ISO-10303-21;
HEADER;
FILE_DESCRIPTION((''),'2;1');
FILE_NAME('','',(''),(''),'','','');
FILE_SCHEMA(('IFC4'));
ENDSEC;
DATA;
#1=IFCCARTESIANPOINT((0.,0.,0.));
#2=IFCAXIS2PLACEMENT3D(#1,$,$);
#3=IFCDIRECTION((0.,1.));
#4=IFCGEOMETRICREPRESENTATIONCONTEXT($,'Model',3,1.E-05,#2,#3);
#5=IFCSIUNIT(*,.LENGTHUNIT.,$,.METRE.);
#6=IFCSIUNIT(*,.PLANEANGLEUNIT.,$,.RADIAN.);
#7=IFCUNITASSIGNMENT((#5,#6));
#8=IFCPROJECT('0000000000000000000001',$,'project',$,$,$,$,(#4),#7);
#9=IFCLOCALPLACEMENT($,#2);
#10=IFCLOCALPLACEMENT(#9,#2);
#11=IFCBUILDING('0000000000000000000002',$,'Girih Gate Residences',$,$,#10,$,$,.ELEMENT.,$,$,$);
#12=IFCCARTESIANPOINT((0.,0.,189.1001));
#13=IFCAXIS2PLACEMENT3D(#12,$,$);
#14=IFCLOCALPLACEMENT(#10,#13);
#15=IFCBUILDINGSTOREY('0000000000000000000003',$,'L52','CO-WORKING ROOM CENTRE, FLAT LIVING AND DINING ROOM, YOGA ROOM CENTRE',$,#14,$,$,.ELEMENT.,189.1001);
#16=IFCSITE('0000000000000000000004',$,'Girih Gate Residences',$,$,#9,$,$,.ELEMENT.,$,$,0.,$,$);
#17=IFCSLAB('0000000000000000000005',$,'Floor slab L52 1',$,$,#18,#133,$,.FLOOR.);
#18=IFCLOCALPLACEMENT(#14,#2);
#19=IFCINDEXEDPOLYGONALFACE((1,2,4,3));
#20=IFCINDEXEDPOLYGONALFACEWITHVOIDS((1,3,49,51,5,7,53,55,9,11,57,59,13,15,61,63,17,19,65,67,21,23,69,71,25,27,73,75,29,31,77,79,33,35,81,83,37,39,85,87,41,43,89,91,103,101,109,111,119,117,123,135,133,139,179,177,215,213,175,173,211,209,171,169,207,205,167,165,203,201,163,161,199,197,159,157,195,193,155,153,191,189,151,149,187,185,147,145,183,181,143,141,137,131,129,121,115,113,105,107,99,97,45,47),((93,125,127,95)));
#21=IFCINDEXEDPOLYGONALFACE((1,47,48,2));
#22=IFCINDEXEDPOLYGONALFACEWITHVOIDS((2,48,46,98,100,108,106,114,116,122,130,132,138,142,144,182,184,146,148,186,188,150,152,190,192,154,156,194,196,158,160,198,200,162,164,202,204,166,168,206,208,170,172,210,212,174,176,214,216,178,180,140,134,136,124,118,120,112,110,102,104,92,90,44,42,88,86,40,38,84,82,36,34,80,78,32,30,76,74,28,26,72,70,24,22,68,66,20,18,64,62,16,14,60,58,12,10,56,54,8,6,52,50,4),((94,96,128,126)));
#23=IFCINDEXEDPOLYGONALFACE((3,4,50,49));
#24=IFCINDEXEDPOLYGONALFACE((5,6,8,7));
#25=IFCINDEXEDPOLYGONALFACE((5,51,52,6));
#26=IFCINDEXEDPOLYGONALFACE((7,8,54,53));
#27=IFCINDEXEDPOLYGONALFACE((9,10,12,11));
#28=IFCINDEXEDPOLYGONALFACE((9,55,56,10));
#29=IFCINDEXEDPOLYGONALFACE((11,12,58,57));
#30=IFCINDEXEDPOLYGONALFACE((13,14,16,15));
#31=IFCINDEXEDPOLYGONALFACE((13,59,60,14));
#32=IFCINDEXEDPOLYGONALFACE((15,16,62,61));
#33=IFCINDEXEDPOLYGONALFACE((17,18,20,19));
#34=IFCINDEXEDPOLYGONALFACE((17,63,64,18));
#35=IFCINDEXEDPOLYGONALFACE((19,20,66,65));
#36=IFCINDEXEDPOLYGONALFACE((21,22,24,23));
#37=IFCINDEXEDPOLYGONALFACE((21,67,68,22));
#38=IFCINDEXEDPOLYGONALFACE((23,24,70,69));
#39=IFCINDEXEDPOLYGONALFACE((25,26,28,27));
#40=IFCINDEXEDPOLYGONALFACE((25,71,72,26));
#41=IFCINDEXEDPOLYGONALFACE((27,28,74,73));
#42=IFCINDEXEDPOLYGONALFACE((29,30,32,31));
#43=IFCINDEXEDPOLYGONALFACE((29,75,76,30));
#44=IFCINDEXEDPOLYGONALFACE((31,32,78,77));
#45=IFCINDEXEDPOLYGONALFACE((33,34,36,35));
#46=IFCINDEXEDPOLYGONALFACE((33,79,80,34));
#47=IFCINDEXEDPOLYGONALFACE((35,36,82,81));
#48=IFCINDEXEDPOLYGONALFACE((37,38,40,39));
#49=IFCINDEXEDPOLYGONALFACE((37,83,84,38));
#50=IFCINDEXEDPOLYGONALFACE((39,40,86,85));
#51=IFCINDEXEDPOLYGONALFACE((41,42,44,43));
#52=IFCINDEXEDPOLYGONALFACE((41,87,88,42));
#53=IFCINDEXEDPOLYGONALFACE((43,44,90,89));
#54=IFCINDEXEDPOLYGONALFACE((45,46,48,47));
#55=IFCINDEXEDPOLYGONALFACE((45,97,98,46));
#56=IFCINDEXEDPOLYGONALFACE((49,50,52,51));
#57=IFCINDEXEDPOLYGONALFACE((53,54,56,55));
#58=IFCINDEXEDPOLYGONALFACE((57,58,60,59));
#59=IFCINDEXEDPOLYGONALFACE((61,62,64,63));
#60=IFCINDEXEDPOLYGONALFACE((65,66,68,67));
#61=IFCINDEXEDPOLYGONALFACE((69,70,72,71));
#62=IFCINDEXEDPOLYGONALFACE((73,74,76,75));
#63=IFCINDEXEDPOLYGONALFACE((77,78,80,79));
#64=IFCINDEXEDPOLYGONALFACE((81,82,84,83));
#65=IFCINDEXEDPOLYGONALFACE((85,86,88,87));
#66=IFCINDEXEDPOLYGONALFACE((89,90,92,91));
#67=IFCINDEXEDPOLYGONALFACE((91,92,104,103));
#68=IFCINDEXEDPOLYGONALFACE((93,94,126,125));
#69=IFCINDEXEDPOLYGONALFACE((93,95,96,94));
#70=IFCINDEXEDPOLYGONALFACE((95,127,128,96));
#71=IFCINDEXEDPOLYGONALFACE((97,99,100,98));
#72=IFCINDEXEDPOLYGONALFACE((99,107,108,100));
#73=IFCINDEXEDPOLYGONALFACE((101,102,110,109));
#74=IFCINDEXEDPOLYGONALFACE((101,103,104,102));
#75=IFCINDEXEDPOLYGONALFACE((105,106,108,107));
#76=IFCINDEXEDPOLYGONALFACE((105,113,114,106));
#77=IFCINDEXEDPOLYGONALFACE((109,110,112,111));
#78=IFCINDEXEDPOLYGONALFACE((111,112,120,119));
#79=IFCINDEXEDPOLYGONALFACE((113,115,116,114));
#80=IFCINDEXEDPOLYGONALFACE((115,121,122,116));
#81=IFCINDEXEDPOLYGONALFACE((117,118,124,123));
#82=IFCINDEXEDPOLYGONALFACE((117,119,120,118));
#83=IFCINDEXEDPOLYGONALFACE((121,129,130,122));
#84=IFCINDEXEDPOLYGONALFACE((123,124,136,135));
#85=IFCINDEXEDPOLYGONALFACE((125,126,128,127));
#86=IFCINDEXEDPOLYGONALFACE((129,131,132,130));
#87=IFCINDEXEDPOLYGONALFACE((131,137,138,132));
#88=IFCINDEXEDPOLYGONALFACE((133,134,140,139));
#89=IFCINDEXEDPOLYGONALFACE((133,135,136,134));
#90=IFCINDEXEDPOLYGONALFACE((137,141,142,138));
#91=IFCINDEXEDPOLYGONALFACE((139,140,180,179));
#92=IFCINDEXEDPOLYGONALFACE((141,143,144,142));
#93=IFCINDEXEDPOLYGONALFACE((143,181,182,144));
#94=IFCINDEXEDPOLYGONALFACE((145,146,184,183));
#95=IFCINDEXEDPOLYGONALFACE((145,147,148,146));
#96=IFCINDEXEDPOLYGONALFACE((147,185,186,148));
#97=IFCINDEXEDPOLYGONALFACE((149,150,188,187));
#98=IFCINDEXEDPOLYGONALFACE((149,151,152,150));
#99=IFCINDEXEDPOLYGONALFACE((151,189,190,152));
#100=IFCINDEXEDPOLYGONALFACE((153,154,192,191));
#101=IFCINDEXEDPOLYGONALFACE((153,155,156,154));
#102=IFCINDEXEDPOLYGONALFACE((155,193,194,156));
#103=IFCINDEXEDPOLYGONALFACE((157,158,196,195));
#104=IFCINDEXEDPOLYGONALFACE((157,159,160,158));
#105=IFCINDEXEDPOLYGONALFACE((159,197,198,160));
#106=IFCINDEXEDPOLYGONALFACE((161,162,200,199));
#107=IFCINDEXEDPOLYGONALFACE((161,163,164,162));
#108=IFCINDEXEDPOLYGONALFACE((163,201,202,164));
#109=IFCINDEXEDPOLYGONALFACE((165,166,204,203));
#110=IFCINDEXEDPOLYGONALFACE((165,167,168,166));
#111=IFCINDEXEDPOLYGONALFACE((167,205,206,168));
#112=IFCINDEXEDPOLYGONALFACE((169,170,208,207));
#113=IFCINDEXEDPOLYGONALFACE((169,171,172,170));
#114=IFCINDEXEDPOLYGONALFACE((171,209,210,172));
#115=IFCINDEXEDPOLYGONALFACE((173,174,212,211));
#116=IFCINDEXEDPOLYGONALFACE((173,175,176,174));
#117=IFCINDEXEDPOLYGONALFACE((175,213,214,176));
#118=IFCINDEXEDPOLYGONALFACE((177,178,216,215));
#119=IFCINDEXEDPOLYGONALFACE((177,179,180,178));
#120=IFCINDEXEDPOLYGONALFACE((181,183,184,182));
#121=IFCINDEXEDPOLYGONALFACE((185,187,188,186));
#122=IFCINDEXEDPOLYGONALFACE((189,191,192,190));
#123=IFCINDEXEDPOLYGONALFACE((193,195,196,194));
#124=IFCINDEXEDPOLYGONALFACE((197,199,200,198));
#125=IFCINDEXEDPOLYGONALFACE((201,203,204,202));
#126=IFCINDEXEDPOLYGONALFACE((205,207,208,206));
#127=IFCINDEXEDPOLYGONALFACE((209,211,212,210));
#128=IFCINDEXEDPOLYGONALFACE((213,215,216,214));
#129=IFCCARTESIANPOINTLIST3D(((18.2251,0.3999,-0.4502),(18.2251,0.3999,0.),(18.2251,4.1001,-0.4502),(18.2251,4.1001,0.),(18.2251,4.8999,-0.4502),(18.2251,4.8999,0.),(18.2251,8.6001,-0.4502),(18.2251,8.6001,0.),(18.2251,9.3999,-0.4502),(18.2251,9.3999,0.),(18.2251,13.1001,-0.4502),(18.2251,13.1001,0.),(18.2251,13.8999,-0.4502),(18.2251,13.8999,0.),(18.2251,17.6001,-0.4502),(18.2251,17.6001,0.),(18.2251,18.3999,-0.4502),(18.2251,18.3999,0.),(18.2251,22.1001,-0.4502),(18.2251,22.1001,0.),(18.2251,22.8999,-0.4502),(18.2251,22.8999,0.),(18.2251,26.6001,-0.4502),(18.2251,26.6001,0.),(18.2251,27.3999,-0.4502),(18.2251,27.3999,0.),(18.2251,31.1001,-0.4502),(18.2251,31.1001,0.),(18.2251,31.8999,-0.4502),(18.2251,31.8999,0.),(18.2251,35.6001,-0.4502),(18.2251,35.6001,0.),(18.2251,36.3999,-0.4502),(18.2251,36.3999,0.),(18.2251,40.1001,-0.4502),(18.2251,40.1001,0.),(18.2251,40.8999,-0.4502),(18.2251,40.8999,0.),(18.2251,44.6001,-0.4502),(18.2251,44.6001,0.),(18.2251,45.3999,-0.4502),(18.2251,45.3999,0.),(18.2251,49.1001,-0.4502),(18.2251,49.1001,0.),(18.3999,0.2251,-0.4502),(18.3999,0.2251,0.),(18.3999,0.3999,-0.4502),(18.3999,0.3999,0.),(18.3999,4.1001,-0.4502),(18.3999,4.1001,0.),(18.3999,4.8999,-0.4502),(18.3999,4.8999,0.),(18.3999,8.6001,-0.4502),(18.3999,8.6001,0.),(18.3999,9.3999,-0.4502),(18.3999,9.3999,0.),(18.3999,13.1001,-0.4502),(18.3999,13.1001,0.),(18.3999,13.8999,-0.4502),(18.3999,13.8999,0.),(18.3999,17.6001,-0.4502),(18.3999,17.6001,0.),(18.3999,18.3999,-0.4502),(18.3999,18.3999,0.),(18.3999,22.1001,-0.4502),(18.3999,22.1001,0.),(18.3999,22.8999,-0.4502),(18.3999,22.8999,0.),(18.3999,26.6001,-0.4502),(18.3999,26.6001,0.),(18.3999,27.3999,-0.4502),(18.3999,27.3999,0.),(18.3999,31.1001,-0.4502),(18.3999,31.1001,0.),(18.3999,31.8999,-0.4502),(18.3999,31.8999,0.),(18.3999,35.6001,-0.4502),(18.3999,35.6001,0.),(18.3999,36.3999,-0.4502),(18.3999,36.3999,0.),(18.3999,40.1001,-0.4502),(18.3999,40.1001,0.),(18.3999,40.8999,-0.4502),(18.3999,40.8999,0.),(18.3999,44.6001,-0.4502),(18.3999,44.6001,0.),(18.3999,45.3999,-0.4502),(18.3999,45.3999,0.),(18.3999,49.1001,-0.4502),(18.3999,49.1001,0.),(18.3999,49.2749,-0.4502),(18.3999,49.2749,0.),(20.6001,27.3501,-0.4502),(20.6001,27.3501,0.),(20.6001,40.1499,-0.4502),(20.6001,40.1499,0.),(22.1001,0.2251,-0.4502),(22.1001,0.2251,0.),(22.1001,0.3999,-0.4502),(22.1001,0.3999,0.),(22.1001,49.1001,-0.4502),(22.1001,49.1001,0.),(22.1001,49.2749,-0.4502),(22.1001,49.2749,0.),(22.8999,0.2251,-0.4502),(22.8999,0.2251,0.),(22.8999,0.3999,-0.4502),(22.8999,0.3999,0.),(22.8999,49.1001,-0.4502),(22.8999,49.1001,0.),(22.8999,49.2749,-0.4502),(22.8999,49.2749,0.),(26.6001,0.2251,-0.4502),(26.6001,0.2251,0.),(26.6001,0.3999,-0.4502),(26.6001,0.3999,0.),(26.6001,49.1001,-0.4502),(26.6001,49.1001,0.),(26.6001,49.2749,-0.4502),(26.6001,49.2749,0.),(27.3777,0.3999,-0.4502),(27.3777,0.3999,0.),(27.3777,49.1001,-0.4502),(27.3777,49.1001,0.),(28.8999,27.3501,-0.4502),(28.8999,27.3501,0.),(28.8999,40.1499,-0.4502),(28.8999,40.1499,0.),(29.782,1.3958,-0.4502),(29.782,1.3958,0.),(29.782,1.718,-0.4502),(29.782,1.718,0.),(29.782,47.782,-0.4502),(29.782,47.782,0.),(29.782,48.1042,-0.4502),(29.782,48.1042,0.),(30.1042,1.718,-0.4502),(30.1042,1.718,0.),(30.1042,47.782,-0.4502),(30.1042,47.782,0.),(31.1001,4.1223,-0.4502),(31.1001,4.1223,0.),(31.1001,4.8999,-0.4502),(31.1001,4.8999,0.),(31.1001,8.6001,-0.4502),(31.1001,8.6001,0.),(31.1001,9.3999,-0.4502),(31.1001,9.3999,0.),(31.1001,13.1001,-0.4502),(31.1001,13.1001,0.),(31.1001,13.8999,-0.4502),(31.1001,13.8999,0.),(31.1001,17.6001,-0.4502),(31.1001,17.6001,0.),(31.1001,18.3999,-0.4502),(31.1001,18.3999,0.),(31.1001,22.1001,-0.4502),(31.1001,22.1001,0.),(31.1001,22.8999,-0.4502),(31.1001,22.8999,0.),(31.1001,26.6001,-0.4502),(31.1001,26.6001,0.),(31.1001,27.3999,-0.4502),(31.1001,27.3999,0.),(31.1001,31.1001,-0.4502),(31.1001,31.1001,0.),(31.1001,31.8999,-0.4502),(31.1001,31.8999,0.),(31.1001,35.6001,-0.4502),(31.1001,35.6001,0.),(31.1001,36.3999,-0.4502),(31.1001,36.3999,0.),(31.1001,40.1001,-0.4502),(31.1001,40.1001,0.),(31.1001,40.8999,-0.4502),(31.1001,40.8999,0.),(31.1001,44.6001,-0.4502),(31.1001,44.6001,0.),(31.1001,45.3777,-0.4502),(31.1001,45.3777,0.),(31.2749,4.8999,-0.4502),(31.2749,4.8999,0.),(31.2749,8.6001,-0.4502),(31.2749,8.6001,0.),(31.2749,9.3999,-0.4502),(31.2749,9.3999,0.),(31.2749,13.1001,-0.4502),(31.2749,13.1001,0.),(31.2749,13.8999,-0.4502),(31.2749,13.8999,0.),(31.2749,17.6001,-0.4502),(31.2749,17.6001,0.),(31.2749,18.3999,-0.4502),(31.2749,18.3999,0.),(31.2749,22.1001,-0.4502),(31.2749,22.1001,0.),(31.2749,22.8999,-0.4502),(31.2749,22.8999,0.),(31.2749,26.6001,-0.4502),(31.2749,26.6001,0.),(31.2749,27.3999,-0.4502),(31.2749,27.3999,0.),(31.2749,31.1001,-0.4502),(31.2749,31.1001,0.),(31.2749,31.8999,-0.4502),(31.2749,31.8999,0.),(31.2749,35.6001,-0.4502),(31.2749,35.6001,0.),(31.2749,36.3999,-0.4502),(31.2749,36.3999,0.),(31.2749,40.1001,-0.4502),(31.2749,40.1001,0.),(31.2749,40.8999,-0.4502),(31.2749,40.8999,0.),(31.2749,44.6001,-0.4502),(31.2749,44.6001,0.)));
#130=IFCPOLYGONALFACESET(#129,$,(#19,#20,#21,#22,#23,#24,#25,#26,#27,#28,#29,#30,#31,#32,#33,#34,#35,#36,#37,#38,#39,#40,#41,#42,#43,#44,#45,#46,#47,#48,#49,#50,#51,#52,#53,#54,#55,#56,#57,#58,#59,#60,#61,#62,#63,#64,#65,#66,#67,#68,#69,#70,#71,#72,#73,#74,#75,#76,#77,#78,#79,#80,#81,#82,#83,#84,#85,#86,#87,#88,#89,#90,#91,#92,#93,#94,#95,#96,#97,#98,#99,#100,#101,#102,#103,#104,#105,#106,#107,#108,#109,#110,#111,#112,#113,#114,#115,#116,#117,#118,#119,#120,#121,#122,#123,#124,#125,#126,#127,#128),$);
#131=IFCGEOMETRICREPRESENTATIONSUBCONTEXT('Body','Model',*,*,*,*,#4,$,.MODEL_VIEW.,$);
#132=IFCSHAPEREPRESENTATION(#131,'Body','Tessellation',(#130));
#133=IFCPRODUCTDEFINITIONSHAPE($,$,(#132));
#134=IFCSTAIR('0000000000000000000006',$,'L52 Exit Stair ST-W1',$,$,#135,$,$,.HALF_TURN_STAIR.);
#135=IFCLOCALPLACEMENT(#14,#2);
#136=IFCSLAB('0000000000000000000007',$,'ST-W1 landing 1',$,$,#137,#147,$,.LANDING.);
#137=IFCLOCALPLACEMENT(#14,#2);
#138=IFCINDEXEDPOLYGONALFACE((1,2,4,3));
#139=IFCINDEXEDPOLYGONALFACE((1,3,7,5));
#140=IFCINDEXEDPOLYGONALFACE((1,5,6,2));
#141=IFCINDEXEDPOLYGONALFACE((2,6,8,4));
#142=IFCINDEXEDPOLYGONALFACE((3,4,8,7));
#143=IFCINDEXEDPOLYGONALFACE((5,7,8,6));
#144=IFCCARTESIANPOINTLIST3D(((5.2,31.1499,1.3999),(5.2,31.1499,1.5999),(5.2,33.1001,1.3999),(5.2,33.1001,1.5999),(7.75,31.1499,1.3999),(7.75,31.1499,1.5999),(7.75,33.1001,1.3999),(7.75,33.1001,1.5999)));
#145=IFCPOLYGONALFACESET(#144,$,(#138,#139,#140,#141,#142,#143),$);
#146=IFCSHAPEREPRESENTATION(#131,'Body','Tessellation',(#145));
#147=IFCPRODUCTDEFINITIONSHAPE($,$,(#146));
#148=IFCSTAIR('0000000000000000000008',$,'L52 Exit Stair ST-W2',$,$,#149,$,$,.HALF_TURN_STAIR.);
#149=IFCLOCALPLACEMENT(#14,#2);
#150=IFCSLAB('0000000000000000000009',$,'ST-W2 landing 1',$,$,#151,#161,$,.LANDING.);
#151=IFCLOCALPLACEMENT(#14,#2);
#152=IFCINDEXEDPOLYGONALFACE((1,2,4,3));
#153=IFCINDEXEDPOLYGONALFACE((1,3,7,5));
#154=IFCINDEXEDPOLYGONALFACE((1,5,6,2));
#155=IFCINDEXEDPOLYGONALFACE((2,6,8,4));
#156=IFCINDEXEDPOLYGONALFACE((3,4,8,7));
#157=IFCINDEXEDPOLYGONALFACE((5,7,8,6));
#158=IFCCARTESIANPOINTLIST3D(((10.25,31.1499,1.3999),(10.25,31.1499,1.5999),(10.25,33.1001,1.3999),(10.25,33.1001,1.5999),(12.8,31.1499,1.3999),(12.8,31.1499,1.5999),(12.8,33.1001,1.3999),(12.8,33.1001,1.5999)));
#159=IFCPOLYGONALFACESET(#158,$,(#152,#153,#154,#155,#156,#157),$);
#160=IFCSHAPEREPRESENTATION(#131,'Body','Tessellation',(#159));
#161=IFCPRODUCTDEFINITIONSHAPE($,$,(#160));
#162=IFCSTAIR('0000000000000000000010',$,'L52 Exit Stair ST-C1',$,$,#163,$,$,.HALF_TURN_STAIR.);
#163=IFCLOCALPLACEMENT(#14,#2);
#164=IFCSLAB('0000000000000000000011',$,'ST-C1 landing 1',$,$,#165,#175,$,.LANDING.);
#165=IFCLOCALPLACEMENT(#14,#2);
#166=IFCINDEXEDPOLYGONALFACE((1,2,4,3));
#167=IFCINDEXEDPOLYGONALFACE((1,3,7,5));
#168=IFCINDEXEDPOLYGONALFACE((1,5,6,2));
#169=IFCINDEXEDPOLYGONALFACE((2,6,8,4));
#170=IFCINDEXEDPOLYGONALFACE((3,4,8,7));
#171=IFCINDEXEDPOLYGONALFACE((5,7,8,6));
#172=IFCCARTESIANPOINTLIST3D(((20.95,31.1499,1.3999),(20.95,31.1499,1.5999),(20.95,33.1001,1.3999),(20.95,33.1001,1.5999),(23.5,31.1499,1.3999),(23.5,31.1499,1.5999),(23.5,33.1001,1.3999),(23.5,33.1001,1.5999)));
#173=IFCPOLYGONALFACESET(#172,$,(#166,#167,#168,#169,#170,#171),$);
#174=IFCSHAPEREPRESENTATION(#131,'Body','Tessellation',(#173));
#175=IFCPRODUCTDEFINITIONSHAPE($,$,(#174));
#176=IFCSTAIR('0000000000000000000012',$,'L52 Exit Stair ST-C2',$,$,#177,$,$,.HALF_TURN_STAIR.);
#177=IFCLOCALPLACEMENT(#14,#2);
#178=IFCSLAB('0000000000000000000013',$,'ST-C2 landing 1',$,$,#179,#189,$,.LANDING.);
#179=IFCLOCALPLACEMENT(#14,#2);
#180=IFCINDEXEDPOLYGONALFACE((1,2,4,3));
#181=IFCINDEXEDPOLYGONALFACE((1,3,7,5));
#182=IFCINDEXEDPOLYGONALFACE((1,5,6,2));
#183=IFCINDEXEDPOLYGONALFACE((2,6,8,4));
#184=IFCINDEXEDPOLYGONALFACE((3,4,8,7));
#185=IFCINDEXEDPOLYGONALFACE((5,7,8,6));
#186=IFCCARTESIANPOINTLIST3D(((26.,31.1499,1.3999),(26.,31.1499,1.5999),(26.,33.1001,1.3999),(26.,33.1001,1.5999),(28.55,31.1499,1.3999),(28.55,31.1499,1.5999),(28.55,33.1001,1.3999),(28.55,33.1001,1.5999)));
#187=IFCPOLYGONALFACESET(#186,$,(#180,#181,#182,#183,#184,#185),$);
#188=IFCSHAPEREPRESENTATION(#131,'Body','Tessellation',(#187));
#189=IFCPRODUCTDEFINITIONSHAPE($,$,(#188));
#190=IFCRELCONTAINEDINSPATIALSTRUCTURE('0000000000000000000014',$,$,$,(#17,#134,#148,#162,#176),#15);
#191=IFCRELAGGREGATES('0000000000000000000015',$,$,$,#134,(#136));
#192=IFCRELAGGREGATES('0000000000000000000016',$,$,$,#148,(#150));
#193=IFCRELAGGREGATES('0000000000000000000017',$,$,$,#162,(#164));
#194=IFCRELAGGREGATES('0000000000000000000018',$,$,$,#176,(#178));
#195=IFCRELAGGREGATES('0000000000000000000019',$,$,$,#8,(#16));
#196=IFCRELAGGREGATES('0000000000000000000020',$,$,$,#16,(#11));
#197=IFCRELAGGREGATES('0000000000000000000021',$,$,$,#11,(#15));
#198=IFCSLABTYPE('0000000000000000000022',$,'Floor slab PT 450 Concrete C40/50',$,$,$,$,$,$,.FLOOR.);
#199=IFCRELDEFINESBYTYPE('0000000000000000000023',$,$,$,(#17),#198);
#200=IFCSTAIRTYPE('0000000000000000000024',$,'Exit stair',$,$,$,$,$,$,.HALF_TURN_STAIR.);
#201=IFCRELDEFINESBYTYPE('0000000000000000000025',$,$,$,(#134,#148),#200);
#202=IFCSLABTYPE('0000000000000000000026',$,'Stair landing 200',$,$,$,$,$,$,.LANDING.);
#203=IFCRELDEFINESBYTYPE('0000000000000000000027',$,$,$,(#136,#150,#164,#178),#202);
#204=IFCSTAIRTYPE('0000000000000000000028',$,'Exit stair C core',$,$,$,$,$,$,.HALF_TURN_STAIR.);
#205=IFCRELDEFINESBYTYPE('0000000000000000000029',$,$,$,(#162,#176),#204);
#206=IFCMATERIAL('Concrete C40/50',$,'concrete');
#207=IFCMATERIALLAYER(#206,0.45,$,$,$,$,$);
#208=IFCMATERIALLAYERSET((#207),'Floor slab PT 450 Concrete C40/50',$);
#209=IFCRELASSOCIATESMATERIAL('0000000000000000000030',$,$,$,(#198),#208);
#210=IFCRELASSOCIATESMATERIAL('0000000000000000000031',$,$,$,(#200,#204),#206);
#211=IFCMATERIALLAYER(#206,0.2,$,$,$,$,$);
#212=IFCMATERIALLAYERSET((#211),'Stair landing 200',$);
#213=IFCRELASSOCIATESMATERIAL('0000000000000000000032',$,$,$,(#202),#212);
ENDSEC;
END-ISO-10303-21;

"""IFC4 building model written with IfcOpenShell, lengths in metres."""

from ifc_helpers import new_model, si_unit, direction, frame, origin, place, context, subcontext, project, spatial, polyline, outline, extrude, material, layer, layer_set, type_object, element, aggregate, save


model = new_model("IFC4")

# Units and contexts
model_context = context("Model", 3, precision=1e-05, world=origin(), true_north=direction((0.0, 1.0)))
body_context = subcontext(model_context, "Body", "Model", "MODEL_VIEW")
ifc_project = project(units=[si_unit("LENGTHUNIT", "METRE"), si_unit("PLANEANGLEUNIT", "RADIAN")], contexts=[model_context])

# Site, building, storey
site_placement = place(None, origin())
site = spatial("IfcSite", under=ifc_project, at=site_placement, Name="Girih Gate Residences", CompositionType="ELEMENT", RefElevation=0.0)
building_placement = place(site_placement, origin())
building = spatial("IfcBuilding", under=site, at=building_placement, Name="Girih Gate Residences", CompositionType="ELEMENT")
storey_placement = place(building_placement, frame((0.0, 0.0, 189.1001)))
storey = spatial("IfcBuildingStorey", under=building, at=storey_placement, Name="L52", Description="CO-WORKING ROOM CENTRE, FLAT LIVING AND DINING ROOM, YOGA ROOM CENTRE", CompositionType="ELEMENT", Elevation=189.1001)

# Slab
ifc_material_1 = material(Name="Concrete C40/50", Category="concrete")
ifc_layer_1 = layer(ifc_material_1, 0.45)
ifc_layer_set_1 = layer_set([ifc_layer_1], Name="Floor slab PT 450 Concrete C40/50")
slab_type_1 = type_object("IfcSlabType", Name="Floor slab PT 450 Concrete C40/50", PredefinedType="FLOOR", material=ifc_layer_set_1)
slab_1_placement = place(storey_placement, frame((0.0, 0.0, -0.4502)))
element("IfcSlab", 1, at=slab_1_placement, inside=storey, type_object=slab_type_1, Name="Floor slab L52 1", PredefinedType="FLOOR", context=body_context, shape_type="SweptSolid", body=[
    extrude(outline(polyline([(22.8999, 0.2251), (26.6001, 0.2251), (26.6001, 0.3999), (27.3777, 0.3999), (29.782, 1.3958), (29.782, 1.718), (30.1042, 1.718), (31.1001, 4.1223), (31.1001, 4.8999), (31.2749, 4.8999), (31.2749, 8.6001), (31.1001, 8.6001), (31.1001, 9.3999), (31.2749, 9.3999), (31.2749, 13.1001), (31.1001, 13.1001), (31.1001, 13.8999), (31.2749, 13.8999), (31.2749, 17.6001), (31.1001, 17.6001), (31.1001, 18.3999), (31.2749, 18.3999), (31.2749, 22.1001), (31.1001, 22.1001), (31.1001, 22.8999), (31.2749, 22.8999), (31.2749, 26.6001), (31.1001, 26.6001), (31.1001, 27.3999), (31.2749, 27.3999), (31.2749, 31.1001), (31.1001, 31.1001), (31.1001, 31.8999), (31.2749, 31.8999), (31.2749, 35.6001), (31.1001, 35.6001), (31.1001, 36.3999), (31.2749, 36.3999), (31.2749, 40.1001), (31.1001, 40.1001), (31.1001, 40.8999), (31.2749, 40.8999), (31.2749, 44.6001), (31.1001, 44.6001), (31.1001, 45.3777), (30.1042, 47.782), (29.782, 47.782), (29.782, 48.1042), (27.3777, 49.1001), (26.6001, 49.1001), (26.6001, 49.2749), (22.8999, 49.2749), (22.8999, 49.1001), (22.1001, 49.1001), (22.1001, 49.2749), (18.3999, 49.2749), (18.3999, 49.1001), (18.2251, 49.1001), (18.2251, 45.3999), (18.3999, 45.3999), (18.3999, 44.6001), (18.2251, 44.6001), (18.2251, 40.8999), (18.3999, 40.8999), (18.3999, 40.1001), (18.2251, 40.1001), (18.2251, 36.3999), (18.3999, 36.3999), (18.3999, 35.6001), (18.2251, 35.6001), (18.2251, 31.8999), (18.3999, 31.8999), (18.3999, 31.1001), (18.2251, 31.1001), (18.2251, 27.3999), (18.3999, 27.3999), (18.3999, 26.6001), (18.2251, 26.6001), (18.2251, 22.8999), (18.3999, 22.8999), (18.3999, 22.1001), (18.2251, 22.1001), (18.2251, 18.3999), (18.3999, 18.3999), (18.3999, 17.6001), (18.2251, 17.6001), (18.2251, 13.8999), (18.3999, 13.8999), (18.3999, 13.1001), (18.2251, 13.1001), (18.2251, 9.3999), (18.3999, 9.3999), (18.3999, 8.6001), (18.2251, 8.6001), (18.2251, 4.8999), (18.3999, 4.8999), (18.3999, 4.1001), (18.2251, 4.1001), (18.2251, 0.3999), (18.3999, 0.3999), (18.3999, 0.2251), (22.1001, 0.2251), (22.1001, 0.3999), (22.8999, 0.3999), (22.8999, 0.2251)]), holes=[polyline([(28.8999, 40.1499), (28.8999, 27.3501), (20.6001, 27.3501), (20.6001, 40.1499), (28.8999, 40.1499)])]), origin(), (0.0, 0.0, 1.0), 0.4502),
])

# Stairs, slabs
stair_type_1 = type_object("IfcStairType", Name="Exit stair", PredefinedType="HALF_TURN_STAIR", material=ifc_material_1)
stair_1_placement = place(storey_placement, origin())
stair_1 = element("IfcStair", 2, at=stair_1_placement, inside=storey, type_object=stair_type_1, Name="L52 Exit Stair ST-W1", PredefinedType="HALF_TURN_STAIR")
ifc_layer_2 = layer(ifc_material_1, 0.2)
ifc_layer_set_2 = layer_set([ifc_layer_2], Name="Stair landing 200")
slab_type_2 = type_object("IfcSlabType", Name="Stair landing 200", PredefinedType="LANDING", material=ifc_layer_set_2)
slab_2_placement = place(storey_placement, frame((0.0, 0.0, 1.3999)))
slab_2 = element("IfcSlab", 3, at=slab_2_placement, type_object=slab_type_2, Name="ST-W1 landing 1", PredefinedType="LANDING", context=body_context, shape_type="SweptSolid", body=[
    extrude(outline(polyline([(7.75, 31.1499), (7.75, 33.1001), (5.2, 33.1001), (5.2, 31.1499), (7.75, 31.1499)])), origin(), (0.0, 0.0, 1.0), 0.2),
])
aggregate(stair_1, [slab_2])
stair_2_placement = place(storey_placement, origin())
stair_2 = element("IfcStair", 4, at=stair_2_placement, inside=storey, type_object=stair_type_1, Name="L52 Exit Stair ST-W2", PredefinedType="HALF_TURN_STAIR")
slab_3_placement = place(storey_placement, frame((0.0, 0.0, 1.3999)))
slab_3 = element("IfcSlab", 5, at=slab_3_placement, type_object=slab_type_2, Name="ST-W2 landing 1", PredefinedType="LANDING", context=body_context, shape_type="SweptSolid", body=[
    extrude(outline(polyline([(12.8, 31.1499), (12.8, 33.1001), (10.25, 33.1001), (10.25, 31.1499), (12.8, 31.1499)])), origin(), (0.0, 0.0, 1.0), 0.2),
])
aggregate(stair_2, [slab_3])
stair_type_2 = type_object("IfcStairType", Name="Exit stair C core", PredefinedType="HALF_TURN_STAIR", material=ifc_material_1)
stair_3_placement = place(storey_placement, origin())
stair_3 = element("IfcStair", 6, at=stair_3_placement, inside=storey, type_object=stair_type_2, Name="L52 Exit Stair ST-C1", PredefinedType="HALF_TURN_STAIR")
slab_4_placement = place(storey_placement, frame((0.0, 0.0, 1.3999)))
slab_4 = element("IfcSlab", 7, at=slab_4_placement, type_object=slab_type_2, Name="ST-C1 landing 1", PredefinedType="LANDING", context=body_context, shape_type="SweptSolid", body=[
    extrude(outline(polyline([(23.5, 31.1499), (23.5, 33.1001), (20.95, 33.1001), (20.95, 31.1499), (23.5, 31.1499)])), origin(), (0.0, 0.0, 1.0), 0.2),
])
aggregate(stair_3, [slab_4])
stair_4_placement = place(storey_placement, origin())
stair_4 = element("IfcStair", 8, at=stair_4_placement, inside=storey, type_object=stair_type_2, Name="L52 Exit Stair ST-C2", PredefinedType="HALF_TURN_STAIR")
slab_5_placement = place(storey_placement, frame((0.0, 0.0, 1.3999)))
slab_5 = element("IfcSlab", 9, at=slab_5_placement, type_object=slab_type_2, Name="ST-C2 landing 1", PredefinedType="LANDING", context=body_context, shape_type="SweptSolid", body=[
    extrude(outline(polyline([(28.55, 31.1499), (28.55, 33.1001), (26.0, 33.1001), (26.0, 31.1499), (28.55, 31.1499)])), origin(), (0.0, 0.0, 1.0), 0.2),
])
aggregate(stair_4, [slab_5])

save(model, "model.ifc")
